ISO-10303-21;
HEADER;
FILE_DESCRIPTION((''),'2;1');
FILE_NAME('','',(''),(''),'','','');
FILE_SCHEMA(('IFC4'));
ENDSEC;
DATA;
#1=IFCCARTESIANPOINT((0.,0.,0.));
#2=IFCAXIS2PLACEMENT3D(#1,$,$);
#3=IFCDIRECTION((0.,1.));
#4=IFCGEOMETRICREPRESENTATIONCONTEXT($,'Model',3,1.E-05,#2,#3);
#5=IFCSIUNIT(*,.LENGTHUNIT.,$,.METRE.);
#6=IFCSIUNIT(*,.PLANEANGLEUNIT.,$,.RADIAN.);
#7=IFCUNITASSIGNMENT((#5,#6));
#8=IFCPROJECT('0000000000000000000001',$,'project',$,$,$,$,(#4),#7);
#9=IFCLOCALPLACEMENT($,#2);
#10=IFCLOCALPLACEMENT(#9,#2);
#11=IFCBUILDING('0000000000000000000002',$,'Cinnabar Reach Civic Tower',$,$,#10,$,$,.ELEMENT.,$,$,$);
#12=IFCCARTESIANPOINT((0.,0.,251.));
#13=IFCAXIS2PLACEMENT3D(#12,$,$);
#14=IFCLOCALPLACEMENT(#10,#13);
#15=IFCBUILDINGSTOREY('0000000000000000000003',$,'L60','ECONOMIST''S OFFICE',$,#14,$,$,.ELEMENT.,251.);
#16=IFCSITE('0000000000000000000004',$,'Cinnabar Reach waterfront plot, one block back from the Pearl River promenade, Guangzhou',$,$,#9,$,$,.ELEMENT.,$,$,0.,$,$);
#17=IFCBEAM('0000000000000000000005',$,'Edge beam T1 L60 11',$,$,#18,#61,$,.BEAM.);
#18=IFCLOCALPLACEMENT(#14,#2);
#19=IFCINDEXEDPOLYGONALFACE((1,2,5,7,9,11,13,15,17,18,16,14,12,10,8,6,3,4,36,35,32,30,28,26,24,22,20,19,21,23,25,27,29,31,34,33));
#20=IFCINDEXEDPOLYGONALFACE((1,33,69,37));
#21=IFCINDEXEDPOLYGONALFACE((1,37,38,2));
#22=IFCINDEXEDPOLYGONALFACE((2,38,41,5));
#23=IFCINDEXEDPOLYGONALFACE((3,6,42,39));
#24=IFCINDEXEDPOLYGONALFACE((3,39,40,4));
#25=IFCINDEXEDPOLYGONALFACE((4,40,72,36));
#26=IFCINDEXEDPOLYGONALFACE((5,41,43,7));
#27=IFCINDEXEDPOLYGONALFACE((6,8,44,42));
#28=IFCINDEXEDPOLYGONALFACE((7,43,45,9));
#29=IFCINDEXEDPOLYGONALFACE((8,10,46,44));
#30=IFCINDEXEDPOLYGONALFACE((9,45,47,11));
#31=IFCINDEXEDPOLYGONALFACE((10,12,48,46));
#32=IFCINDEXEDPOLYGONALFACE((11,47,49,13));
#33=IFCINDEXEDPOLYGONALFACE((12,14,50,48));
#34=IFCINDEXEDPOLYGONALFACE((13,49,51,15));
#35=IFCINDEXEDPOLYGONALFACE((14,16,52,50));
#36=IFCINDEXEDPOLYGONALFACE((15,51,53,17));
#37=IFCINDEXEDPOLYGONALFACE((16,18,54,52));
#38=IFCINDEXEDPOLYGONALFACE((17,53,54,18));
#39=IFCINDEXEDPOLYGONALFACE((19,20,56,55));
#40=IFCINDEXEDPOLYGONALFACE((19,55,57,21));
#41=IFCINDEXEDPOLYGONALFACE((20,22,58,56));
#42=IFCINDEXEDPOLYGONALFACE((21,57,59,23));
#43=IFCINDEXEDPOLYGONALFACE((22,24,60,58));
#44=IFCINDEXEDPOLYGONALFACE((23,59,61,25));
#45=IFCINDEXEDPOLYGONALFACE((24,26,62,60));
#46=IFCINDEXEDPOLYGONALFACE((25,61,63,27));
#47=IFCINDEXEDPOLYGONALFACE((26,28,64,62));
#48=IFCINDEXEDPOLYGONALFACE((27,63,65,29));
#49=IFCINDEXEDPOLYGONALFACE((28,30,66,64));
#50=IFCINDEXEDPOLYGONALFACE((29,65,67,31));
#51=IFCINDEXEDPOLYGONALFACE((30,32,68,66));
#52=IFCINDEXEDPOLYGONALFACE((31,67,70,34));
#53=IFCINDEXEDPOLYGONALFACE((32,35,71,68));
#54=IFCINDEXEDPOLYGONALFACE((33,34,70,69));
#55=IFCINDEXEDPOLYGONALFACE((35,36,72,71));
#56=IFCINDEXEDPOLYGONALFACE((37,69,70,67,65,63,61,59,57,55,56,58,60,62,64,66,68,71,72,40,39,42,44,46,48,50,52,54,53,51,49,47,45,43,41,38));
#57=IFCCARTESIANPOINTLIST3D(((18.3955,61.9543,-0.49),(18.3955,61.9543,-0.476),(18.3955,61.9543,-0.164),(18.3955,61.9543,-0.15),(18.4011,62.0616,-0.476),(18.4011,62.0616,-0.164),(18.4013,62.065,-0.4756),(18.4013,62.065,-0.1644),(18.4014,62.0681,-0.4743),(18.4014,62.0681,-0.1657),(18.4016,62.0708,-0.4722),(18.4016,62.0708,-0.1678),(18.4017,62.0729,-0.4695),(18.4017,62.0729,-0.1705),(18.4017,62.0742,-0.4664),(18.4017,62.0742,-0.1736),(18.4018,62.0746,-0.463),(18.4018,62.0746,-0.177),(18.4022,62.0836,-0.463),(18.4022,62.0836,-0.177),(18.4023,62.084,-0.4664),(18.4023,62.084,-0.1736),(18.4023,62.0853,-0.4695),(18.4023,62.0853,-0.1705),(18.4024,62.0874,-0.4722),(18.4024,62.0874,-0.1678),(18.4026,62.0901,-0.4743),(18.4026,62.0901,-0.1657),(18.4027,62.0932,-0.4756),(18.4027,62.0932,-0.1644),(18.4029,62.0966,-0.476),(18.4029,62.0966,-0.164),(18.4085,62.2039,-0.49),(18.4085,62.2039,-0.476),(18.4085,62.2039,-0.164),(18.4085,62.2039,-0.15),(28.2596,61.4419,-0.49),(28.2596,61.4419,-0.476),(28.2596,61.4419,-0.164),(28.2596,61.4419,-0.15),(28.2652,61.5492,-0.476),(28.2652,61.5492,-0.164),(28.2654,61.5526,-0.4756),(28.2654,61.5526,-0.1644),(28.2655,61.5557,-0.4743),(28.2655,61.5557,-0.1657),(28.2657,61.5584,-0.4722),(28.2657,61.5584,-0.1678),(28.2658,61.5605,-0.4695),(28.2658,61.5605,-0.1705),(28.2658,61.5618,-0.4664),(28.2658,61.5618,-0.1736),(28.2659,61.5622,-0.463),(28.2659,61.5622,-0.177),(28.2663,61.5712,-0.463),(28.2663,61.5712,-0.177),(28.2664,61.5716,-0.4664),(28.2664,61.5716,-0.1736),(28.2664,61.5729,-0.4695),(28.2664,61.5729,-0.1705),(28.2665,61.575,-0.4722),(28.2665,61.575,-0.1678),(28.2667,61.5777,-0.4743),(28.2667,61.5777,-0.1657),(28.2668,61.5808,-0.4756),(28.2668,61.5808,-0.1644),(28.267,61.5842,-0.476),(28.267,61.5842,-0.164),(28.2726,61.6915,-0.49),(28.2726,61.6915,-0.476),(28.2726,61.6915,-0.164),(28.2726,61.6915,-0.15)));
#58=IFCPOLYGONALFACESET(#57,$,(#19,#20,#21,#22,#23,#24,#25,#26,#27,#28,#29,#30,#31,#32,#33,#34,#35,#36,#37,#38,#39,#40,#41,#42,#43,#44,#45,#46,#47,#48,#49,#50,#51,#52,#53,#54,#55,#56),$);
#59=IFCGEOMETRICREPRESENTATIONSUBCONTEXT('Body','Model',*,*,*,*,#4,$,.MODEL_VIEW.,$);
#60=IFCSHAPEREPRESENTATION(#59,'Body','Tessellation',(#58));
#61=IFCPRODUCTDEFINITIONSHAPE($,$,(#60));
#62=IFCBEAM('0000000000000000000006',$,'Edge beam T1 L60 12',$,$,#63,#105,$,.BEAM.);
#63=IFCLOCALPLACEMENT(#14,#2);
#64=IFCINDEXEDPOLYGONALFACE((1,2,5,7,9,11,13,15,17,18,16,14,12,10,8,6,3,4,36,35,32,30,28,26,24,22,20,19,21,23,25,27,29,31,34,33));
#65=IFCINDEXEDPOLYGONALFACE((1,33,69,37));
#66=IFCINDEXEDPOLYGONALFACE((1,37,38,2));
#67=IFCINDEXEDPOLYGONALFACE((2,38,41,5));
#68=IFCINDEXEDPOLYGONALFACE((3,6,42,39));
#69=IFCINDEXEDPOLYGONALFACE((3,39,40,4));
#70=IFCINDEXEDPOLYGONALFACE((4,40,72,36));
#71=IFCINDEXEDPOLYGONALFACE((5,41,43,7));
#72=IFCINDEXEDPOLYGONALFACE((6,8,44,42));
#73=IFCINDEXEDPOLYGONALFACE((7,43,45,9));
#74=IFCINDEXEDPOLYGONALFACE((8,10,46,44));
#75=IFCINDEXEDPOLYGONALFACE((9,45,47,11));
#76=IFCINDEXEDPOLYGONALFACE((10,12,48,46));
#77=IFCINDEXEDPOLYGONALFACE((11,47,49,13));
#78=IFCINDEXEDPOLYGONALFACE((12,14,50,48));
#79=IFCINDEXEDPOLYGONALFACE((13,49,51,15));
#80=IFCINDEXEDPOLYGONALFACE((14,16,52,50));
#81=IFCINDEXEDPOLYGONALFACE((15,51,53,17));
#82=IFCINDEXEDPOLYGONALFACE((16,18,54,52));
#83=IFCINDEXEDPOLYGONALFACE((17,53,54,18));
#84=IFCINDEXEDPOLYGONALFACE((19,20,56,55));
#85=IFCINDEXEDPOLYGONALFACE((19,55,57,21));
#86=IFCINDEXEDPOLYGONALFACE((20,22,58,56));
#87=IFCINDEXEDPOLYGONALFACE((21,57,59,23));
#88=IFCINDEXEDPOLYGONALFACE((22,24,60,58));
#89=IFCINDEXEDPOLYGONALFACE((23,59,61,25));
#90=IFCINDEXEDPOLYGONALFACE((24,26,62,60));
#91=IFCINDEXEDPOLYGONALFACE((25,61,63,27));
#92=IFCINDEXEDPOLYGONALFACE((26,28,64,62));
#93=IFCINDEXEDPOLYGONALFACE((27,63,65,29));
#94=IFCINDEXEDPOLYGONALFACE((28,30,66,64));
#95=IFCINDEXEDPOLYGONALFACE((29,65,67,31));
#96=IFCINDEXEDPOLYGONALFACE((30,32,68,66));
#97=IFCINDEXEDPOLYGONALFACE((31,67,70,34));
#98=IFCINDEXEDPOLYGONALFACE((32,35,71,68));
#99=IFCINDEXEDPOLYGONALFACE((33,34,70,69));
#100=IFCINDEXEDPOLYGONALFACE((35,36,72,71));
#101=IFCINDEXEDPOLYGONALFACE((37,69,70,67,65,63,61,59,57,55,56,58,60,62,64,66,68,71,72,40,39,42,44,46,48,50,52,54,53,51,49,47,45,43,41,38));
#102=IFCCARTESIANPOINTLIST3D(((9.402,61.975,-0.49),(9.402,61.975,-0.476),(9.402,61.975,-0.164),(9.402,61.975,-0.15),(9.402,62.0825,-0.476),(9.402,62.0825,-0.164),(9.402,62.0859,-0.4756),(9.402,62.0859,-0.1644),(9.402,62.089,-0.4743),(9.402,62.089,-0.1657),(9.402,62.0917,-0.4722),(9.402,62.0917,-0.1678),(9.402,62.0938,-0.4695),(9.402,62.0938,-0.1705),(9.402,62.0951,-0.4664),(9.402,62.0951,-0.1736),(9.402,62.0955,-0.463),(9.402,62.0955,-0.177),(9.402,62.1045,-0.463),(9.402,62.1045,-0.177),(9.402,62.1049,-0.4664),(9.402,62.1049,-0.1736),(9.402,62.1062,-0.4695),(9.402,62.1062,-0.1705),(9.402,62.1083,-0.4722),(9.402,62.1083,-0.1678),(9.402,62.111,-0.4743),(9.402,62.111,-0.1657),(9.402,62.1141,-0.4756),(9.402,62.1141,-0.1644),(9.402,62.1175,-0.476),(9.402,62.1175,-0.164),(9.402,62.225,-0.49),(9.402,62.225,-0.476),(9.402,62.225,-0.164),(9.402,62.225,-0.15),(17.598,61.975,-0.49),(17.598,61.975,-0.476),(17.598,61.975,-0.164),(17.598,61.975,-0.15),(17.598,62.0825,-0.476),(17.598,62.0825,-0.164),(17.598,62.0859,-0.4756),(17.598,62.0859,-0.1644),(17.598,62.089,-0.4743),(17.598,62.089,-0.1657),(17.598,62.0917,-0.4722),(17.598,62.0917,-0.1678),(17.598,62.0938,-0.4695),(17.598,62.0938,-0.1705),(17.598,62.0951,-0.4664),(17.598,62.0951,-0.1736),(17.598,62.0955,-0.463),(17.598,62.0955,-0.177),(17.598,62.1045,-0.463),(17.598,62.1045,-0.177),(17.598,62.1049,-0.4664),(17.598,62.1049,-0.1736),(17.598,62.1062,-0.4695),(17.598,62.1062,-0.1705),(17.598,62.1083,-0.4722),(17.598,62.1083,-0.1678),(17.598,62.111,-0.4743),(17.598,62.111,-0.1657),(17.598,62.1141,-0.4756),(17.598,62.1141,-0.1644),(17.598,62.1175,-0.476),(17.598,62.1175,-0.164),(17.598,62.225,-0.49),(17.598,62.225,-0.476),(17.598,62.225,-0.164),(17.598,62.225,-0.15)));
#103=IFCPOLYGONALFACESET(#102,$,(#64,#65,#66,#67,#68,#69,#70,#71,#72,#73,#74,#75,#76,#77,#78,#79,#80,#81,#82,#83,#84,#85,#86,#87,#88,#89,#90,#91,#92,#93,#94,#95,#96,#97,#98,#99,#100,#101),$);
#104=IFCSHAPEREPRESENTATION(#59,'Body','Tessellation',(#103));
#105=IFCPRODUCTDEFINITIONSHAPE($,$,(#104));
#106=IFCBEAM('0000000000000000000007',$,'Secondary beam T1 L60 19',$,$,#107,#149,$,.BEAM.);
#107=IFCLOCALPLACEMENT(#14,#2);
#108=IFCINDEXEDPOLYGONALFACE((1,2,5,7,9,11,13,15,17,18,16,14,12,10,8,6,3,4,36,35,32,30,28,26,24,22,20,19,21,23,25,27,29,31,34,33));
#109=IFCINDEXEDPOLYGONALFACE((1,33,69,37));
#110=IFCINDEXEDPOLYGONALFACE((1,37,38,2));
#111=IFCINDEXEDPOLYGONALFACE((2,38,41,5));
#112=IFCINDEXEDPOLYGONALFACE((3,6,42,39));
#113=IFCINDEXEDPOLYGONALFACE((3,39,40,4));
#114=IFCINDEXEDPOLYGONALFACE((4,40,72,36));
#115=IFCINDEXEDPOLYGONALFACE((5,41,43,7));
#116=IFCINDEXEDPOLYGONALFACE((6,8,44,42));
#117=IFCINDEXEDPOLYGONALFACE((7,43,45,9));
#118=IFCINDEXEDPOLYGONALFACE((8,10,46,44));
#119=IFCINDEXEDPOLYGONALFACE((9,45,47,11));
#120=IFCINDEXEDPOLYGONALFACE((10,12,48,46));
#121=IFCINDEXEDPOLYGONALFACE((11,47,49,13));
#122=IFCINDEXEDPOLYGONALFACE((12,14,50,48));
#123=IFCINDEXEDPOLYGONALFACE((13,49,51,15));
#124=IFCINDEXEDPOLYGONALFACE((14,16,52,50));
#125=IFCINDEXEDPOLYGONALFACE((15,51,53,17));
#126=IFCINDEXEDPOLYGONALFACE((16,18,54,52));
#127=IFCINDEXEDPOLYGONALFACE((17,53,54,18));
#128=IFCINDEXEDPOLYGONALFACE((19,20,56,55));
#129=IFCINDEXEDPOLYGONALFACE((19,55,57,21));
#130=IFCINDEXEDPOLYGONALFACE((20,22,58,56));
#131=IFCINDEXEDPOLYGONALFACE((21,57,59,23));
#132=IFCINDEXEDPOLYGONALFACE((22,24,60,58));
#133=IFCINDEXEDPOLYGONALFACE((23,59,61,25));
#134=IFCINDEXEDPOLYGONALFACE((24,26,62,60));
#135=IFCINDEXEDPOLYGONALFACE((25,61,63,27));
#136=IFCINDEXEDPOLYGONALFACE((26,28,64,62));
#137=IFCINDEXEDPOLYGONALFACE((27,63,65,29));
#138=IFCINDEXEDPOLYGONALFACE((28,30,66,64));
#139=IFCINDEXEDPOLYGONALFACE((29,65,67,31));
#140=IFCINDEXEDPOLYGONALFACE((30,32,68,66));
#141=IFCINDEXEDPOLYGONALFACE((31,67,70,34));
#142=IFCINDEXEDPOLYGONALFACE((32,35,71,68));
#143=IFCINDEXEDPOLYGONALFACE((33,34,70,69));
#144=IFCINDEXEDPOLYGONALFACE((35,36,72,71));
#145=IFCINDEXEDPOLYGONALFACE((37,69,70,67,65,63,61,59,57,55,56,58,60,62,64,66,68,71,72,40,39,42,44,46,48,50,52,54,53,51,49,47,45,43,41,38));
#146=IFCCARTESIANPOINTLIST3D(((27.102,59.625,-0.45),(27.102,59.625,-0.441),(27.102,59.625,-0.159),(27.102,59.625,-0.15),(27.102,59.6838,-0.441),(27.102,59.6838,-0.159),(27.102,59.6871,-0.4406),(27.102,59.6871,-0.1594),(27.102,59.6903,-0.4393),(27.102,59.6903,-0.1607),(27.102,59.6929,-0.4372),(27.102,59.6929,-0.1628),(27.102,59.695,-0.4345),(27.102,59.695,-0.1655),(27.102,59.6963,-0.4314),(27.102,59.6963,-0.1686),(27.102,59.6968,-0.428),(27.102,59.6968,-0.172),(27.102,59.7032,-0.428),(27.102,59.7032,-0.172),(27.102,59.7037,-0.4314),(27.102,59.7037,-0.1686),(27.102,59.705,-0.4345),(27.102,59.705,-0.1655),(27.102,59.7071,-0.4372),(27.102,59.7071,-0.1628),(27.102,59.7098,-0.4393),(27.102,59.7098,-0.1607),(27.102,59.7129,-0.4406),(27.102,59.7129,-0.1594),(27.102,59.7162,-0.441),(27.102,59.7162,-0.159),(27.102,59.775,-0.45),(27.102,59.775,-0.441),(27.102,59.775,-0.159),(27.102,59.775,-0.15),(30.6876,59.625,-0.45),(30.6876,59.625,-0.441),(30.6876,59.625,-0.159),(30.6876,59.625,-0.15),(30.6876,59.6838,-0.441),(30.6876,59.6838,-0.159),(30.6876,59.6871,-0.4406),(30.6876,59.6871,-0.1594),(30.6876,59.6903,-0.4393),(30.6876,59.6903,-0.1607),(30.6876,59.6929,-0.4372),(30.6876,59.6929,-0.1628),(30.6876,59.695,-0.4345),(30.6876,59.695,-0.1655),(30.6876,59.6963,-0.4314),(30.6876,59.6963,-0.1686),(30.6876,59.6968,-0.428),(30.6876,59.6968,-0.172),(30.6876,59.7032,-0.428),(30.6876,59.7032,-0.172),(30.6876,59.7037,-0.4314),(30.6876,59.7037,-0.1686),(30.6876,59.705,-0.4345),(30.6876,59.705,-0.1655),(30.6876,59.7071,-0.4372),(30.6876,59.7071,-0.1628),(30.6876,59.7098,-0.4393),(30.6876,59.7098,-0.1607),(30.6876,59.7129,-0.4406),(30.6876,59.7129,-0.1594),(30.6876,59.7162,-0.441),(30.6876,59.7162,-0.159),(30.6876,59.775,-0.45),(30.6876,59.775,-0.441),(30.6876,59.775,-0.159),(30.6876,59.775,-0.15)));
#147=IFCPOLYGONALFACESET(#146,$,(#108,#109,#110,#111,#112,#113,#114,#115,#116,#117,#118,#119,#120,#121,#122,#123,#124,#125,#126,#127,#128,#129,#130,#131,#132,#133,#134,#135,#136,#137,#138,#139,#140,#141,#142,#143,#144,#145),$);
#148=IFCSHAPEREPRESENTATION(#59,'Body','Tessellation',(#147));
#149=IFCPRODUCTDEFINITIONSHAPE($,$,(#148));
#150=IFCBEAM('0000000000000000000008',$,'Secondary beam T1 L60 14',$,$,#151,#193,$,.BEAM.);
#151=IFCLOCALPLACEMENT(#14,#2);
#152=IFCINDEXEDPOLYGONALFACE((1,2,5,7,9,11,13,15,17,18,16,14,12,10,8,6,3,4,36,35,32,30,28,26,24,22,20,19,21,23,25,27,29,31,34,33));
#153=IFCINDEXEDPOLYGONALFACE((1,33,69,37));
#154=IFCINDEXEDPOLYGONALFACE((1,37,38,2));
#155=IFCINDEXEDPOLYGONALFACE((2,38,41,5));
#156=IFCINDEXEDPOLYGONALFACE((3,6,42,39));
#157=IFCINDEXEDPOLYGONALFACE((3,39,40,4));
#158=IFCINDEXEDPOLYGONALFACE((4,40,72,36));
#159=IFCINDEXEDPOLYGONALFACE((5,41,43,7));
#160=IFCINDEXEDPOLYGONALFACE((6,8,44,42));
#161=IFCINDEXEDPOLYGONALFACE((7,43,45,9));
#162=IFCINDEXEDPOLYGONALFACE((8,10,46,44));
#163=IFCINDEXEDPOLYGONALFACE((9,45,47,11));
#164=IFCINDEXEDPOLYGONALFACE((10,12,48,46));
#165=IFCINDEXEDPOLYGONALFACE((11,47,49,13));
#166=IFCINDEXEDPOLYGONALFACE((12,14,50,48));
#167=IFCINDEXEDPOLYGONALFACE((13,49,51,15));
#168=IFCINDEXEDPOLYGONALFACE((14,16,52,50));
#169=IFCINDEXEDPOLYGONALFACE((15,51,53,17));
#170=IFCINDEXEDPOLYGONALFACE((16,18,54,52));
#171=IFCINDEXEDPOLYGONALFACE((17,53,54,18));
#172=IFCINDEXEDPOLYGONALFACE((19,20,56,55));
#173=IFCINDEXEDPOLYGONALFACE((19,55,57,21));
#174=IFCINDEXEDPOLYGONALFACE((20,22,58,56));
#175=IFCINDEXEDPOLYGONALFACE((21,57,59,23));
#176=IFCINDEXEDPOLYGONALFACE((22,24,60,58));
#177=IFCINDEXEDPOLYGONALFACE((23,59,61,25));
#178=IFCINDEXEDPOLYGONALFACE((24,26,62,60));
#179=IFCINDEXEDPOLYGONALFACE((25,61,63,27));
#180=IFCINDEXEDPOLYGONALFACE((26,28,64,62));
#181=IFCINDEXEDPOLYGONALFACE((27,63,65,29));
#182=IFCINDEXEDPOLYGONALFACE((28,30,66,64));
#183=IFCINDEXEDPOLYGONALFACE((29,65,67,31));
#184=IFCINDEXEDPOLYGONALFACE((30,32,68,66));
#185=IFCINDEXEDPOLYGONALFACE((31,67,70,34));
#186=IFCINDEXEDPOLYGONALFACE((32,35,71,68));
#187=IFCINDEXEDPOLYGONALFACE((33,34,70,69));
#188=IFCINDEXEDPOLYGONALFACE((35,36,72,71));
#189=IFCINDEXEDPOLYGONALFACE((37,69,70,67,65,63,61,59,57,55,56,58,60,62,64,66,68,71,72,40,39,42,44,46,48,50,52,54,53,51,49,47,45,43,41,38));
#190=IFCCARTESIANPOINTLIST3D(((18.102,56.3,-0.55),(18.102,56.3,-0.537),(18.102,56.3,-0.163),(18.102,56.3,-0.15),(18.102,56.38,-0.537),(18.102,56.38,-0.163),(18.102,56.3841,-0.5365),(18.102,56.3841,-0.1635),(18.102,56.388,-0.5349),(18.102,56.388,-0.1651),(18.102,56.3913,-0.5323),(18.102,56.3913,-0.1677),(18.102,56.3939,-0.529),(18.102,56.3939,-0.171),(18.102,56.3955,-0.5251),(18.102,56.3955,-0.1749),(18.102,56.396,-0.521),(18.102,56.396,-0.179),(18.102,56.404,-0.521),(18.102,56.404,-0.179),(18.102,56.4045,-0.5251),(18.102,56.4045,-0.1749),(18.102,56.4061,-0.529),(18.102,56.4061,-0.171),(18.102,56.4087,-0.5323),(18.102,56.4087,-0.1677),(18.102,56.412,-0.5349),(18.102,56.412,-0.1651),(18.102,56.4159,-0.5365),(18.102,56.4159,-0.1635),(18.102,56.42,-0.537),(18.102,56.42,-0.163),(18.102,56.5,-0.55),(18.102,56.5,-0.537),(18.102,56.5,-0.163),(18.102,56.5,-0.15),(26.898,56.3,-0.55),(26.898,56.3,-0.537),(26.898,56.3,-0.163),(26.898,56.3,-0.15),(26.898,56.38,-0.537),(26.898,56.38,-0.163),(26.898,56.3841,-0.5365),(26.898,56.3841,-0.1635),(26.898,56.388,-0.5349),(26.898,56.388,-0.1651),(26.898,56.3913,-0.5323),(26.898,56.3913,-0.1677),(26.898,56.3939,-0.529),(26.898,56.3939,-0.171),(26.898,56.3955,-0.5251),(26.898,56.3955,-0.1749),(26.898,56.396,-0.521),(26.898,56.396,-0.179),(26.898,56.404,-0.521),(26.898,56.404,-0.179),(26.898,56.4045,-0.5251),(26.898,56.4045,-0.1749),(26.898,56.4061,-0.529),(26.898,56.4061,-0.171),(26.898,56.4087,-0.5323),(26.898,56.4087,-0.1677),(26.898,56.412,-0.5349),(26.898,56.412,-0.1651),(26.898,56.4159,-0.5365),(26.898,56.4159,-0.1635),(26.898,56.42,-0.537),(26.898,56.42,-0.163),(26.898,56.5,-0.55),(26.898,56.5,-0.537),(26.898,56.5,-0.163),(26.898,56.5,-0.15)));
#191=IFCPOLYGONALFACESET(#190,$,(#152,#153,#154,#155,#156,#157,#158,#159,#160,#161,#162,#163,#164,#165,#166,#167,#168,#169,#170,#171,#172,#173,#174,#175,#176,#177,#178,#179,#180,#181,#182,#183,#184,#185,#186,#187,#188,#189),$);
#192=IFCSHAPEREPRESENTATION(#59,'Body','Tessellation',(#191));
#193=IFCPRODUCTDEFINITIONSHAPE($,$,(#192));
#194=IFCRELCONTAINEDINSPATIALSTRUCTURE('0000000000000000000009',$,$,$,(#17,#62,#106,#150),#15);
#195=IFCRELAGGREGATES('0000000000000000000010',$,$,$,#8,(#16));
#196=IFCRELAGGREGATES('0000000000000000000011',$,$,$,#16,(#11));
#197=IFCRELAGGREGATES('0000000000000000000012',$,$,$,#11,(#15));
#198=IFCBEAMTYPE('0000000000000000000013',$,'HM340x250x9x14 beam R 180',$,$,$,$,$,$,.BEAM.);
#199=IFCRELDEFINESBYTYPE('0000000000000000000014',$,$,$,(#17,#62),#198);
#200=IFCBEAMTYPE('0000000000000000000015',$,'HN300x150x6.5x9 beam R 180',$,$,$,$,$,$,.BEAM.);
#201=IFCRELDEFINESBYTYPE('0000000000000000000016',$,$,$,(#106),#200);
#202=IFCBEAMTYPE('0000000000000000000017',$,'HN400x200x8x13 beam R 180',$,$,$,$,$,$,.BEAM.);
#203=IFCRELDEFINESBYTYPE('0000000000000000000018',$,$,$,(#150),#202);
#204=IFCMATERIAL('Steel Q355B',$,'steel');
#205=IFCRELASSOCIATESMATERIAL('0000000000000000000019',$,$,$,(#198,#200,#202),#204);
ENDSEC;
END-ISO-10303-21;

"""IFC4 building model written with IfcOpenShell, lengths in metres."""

from ifc_helpers import new_model, si_unit, direction, frame, origin, origin_2d, place, context, subcontext, project, spatial, i_section, extrude, material, material_profile, profile_set, type_object, element, save


model = new_model("IFC4")

# Units and contexts
model_context = context("Model", 3, precision=1e-05, world=origin(), true_north=direction((0.0, 1.0)))
body_context = subcontext(model_context, "Body", "Model", "MODEL_VIEW")
ifc_project = project(units=[si_unit("LENGTHUNIT", "METRE"), si_unit("PLANEANGLEUNIT", "RADIAN")], contexts=[model_context])

# Site, building, storey
site_placement = place(None, origin())
site = spatial("IfcSite", under=ifc_project, at=site_placement, Name="Cinnabar Reach waterfront plot, one block back from the Pearl River promenade, Guangzhou", CompositionType="ELEMENT", RefElevation=0.0)
building_placement = place(site_placement, origin())
building = spatial("IfcBuilding", under=site, at=building_placement, Name="Cinnabar Reach Civic Tower", CompositionType="ELEMENT")
storey_placement = place(building_placement, frame((0.0, 0.0, 251.0)))
storey = spatial("IfcBuildingStorey", under=building, at=storey_placement, Name="L60", Description="ECONOMIST'S OFFICE", CompositionType="ELEMENT", Elevation=251.0)

# Beams
ifc_material_1 = material(Name="Steel Q355B", Category="steel")
ifc_material_profile_1 = material_profile(ifc_material_1, i_section(OverallWidth=0.25, OverallDepth=0.34, WebThickness=0.009, FlangeThickness=0.014, FilletRadius=0.013, at=origin_2d()), Name="HM340x250x9x14")
ifc_profile_set_1 = profile_set([ifc_material_profile_1], Name="Steel Q355B")
beam_type_1 = type_object("IfcBeamType", Name="HM340x250x9x14 beam R 180", PredefinedType="BEAM", material=ifc_profile_set_1)
beam_1_placement = place(storey_placement, frame((28.2661, 61.5667, -0.32), z_axis=(-0.998654, 0.051876, 0.0), x_axis=(-0.051876, -0.998654, 0.0)))
element("IfcBeam", 1, at=beam_1_placement, inside=storey, type_object=beam_type_1, Name="Edge beam T1 L60 11", PredefinedType="BEAM", context=body_context, shape_type="SweptSolid", body=[
    extrude(i_section(OverallWidth=0.25, OverallDepth=0.34, WebThickness=0.009, FlangeThickness=0.014, FilletRadius=0.013, at=origin_2d()), origin(), (0.0, 0.0, 1.0), 9.8774),
])
beam_2_placement = place(storey_placement, frame((17.598, 62.1, -0.32), z_axis=(-1.0, 0.0, 0.0), x_axis=(0.0, -1.0, 0.0)))
element("IfcBeam", 2, at=beam_2_placement, inside=storey, type_object=beam_type_1, Name="Edge beam T1 L60 12", PredefinedType="BEAM", context=body_context, shape_type="SweptSolid", body=[
    extrude(i_section(OverallWidth=0.25, OverallDepth=0.34, WebThickness=0.009, FlangeThickness=0.014, FilletRadius=0.013, at=origin_2d()), origin(), (0.0, 0.0, 1.0), 8.196),
])
ifc_material_profile_2 = material_profile(ifc_material_1, i_section(OverallWidth=0.15, OverallDepth=0.3, WebThickness=0.0065, FlangeThickness=0.009, FilletRadius=0.013, at=origin_2d()), Name="HN300x150x6.5x9")
ifc_profile_set_2 = profile_set([ifc_material_profile_2], Name="Steel Q355B")
beam_type_2 = type_object("IfcBeamType", Name="HN300x150x6.5x9 beam R 180", PredefinedType="BEAM", material=ifc_profile_set_2)
beam_3_placement = place(storey_placement, frame((27.102, 59.7, -0.3), z_axis=(1.0, 0.0, 0.0), x_axis=(0.0, 1.0, 0.0)))
element("IfcBeam", 3, at=beam_3_placement, inside=storey, type_object=beam_type_2, Name="Secondary beam T1 L60 19", PredefinedType="BEAM", context=body_context, shape_type="SweptSolid", body=[
    extrude(i_section(OverallWidth=0.15, OverallDepth=0.3, WebThickness=0.0065, FlangeThickness=0.009, FilletRadius=0.013, at=origin_2d()), origin(), (0.0, 0.0, 1.0), 3.5856),
])
ifc_material_profile_3 = material_profile(ifc_material_1, i_section(OverallWidth=0.2, OverallDepth=0.4, WebThickness=0.008, FlangeThickness=0.013, FilletRadius=0.016, at=origin_2d()), Name="HN400x200x8x13")
ifc_profile_set_3 = profile_set([ifc_material_profile_3], Name="Steel Q355B")
beam_type_3 = type_object("IfcBeamType", Name="HN400x200x8x13 beam R 180", PredefinedType="BEAM", material=ifc_profile_set_3)
beam_4_placement = place(storey_placement, frame((18.102, 56.4, -0.35), z_axis=(1.0, 0.0, 0.0), x_axis=(0.0, 1.0, 0.0)))
element("IfcBeam", 4, at=beam_4_placement, inside=storey, type_object=beam_type_3, Name="Secondary beam T1 L60 14", PredefinedType="BEAM", context=body_context, shape_type="SweptSolid", body=[
    extrude(i_section(OverallWidth=0.2, OverallDepth=0.4, WebThickness=0.008, FlangeThickness=0.013, FilletRadius=0.016, at=origin_2d()), origin(), (0.0, 0.0, 1.0), 8.796),
])

save(model, "model.ifc")
